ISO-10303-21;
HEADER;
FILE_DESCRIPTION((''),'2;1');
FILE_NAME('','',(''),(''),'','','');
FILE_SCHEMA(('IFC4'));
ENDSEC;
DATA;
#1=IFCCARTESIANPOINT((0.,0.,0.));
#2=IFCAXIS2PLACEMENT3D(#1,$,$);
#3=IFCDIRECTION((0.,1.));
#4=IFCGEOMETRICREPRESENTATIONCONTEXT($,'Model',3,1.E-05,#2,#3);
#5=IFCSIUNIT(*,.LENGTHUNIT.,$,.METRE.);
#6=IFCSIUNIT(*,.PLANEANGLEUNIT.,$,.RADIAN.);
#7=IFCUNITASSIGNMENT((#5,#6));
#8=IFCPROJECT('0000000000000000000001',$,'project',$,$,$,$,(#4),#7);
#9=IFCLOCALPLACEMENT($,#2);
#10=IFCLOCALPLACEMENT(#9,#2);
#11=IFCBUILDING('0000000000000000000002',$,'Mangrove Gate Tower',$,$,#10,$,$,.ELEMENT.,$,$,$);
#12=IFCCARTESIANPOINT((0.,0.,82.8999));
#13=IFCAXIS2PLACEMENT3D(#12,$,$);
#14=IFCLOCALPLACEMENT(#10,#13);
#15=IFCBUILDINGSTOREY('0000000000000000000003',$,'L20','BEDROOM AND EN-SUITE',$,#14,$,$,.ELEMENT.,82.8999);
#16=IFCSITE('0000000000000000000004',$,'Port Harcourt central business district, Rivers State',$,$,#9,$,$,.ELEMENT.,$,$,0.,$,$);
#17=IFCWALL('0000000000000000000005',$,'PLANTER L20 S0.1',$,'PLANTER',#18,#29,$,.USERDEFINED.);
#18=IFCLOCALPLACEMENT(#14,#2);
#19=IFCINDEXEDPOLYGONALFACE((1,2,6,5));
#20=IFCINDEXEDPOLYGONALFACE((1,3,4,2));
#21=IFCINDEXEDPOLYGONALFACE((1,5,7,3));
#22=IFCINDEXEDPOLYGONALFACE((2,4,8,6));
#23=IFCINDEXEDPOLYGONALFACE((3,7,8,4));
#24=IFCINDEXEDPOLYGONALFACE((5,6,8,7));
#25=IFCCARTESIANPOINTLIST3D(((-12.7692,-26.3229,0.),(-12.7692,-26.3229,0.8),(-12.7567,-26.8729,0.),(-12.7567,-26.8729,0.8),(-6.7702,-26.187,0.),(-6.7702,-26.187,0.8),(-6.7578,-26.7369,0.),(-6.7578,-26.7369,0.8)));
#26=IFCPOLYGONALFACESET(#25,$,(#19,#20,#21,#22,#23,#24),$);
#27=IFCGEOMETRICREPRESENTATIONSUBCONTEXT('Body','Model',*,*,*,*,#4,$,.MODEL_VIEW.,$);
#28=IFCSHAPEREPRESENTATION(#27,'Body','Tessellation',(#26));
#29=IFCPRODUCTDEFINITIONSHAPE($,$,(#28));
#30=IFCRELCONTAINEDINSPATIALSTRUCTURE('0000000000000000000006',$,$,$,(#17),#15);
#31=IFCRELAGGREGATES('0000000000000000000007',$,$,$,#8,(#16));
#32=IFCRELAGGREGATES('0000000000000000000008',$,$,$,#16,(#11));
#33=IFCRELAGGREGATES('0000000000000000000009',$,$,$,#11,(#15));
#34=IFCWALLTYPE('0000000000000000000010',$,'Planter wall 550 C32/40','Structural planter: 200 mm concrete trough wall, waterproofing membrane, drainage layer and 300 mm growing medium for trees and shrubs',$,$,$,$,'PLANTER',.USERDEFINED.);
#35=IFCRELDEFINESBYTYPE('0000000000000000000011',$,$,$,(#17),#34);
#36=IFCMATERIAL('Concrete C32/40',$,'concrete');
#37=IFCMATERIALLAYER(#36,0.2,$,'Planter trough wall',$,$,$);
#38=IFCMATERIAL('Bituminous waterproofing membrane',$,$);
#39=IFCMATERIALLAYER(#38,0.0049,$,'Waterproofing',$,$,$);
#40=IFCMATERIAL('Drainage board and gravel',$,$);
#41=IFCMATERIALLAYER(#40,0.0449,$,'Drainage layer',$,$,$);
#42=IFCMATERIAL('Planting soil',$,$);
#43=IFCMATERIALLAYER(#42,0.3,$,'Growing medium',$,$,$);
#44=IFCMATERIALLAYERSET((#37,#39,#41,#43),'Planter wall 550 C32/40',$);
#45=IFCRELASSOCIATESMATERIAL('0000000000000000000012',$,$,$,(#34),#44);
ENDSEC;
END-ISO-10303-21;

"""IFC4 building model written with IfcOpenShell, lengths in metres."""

from ifc_helpers import new_model, si_unit, direction, frame, frame_2d, origin, place, context, subcontext, project, spatial, rectangle, extrude, material, layer, layer_set, type_object, element, save


model = new_model("IFC4")

# Units and contexts
model_context = context("Model", 3, precision=1e-05, world=origin(), true_north=direction((0.0, 1.0)))
body_context = subcontext(model_context, "Body", "Model", "MODEL_VIEW")
ifc_project = project(units=[si_unit("LENGTHUNIT", "METRE"), si_unit("PLANEANGLEUNIT", "RADIAN")], contexts=[model_context])

# Site, building, storey
site_placement = place(None, origin())
site = spatial("IfcSite", under=ifc_project, at=site_placement, Name="Port Harcourt central business district, Rivers State", CompositionType="ELEMENT", RefElevation=0.0)
building_placement = place(site_placement, origin())
building = spatial("IfcBuilding", under=site, at=building_placement, Name="Mangrove Gate Tower", CompositionType="ELEMENT")
storey_placement = place(building_placement, frame((0.0, 0.0, 82.8999)))
storey = spatial("IfcBuildingStorey", under=building, at=storey_placement, Name="L20", Description="BEDROOM AND EN-SUITE", CompositionType="ELEMENT", Elevation=82.8999)

# Wall
ifc_material_1 = material(Name="Concrete C32/40", Category="concrete")
ifc_layer_1 = layer(ifc_material_1, 0.2, Name="Planter trough wall")
ifc_material_2 = material(Name="Bituminous waterproofing membrane")
ifc_layer_2 = layer(ifc_material_2, 0.0049, Name="Waterproofing")
ifc_material_3 = material(Name="Drainage board and gravel")
ifc_layer_3 = layer(ifc_material_3, 0.0449, Name="Drainage layer")
ifc_material_4 = material(Name="Planting soil")
ifc_layer_4 = layer(ifc_material_4, 0.3, Name="Growing medium")
ifc_layer_set_1 = layer_set([ifc_layer_1, ifc_layer_2, ifc_layer_3, ifc_layer_4], Name="Planter wall 550 C32/40")
wall_type_1 = type_object("IfcWallType", Name="Planter wall 550 C32/40", Description="Structural planter: 200 mm concrete trough wall, waterproofing membrane, drainage layer and 300 mm growing medium for trees and shrubs", ElementType="PLANTER", PredefinedType="USERDEFINED", material=ifc_layer_set_1)
wall_1_placement = place(storey_placement, frame((-12.7629, -26.5979, 0.0), z_axis=(0.0, 0.0, 1.0), x_axis=(0.999743, 0.022662, 0.0)))
element("IfcWall", 1, at=wall_1_placement, inside=storey, type_object=wall_type_1, Name="PLANTER L20 S0.1", ObjectType="PLANTER", PredefinedType="USERDEFINED", context=body_context, shape_type="SweptSolid", body=[
    extrude(rectangle(XDim=6.0005, YDim=0.55, at=frame_2d((3.0002, 0.0))), origin(), (0.0, 0.0, 1.0), 0.8),
])

save(model, "model.ifc")
